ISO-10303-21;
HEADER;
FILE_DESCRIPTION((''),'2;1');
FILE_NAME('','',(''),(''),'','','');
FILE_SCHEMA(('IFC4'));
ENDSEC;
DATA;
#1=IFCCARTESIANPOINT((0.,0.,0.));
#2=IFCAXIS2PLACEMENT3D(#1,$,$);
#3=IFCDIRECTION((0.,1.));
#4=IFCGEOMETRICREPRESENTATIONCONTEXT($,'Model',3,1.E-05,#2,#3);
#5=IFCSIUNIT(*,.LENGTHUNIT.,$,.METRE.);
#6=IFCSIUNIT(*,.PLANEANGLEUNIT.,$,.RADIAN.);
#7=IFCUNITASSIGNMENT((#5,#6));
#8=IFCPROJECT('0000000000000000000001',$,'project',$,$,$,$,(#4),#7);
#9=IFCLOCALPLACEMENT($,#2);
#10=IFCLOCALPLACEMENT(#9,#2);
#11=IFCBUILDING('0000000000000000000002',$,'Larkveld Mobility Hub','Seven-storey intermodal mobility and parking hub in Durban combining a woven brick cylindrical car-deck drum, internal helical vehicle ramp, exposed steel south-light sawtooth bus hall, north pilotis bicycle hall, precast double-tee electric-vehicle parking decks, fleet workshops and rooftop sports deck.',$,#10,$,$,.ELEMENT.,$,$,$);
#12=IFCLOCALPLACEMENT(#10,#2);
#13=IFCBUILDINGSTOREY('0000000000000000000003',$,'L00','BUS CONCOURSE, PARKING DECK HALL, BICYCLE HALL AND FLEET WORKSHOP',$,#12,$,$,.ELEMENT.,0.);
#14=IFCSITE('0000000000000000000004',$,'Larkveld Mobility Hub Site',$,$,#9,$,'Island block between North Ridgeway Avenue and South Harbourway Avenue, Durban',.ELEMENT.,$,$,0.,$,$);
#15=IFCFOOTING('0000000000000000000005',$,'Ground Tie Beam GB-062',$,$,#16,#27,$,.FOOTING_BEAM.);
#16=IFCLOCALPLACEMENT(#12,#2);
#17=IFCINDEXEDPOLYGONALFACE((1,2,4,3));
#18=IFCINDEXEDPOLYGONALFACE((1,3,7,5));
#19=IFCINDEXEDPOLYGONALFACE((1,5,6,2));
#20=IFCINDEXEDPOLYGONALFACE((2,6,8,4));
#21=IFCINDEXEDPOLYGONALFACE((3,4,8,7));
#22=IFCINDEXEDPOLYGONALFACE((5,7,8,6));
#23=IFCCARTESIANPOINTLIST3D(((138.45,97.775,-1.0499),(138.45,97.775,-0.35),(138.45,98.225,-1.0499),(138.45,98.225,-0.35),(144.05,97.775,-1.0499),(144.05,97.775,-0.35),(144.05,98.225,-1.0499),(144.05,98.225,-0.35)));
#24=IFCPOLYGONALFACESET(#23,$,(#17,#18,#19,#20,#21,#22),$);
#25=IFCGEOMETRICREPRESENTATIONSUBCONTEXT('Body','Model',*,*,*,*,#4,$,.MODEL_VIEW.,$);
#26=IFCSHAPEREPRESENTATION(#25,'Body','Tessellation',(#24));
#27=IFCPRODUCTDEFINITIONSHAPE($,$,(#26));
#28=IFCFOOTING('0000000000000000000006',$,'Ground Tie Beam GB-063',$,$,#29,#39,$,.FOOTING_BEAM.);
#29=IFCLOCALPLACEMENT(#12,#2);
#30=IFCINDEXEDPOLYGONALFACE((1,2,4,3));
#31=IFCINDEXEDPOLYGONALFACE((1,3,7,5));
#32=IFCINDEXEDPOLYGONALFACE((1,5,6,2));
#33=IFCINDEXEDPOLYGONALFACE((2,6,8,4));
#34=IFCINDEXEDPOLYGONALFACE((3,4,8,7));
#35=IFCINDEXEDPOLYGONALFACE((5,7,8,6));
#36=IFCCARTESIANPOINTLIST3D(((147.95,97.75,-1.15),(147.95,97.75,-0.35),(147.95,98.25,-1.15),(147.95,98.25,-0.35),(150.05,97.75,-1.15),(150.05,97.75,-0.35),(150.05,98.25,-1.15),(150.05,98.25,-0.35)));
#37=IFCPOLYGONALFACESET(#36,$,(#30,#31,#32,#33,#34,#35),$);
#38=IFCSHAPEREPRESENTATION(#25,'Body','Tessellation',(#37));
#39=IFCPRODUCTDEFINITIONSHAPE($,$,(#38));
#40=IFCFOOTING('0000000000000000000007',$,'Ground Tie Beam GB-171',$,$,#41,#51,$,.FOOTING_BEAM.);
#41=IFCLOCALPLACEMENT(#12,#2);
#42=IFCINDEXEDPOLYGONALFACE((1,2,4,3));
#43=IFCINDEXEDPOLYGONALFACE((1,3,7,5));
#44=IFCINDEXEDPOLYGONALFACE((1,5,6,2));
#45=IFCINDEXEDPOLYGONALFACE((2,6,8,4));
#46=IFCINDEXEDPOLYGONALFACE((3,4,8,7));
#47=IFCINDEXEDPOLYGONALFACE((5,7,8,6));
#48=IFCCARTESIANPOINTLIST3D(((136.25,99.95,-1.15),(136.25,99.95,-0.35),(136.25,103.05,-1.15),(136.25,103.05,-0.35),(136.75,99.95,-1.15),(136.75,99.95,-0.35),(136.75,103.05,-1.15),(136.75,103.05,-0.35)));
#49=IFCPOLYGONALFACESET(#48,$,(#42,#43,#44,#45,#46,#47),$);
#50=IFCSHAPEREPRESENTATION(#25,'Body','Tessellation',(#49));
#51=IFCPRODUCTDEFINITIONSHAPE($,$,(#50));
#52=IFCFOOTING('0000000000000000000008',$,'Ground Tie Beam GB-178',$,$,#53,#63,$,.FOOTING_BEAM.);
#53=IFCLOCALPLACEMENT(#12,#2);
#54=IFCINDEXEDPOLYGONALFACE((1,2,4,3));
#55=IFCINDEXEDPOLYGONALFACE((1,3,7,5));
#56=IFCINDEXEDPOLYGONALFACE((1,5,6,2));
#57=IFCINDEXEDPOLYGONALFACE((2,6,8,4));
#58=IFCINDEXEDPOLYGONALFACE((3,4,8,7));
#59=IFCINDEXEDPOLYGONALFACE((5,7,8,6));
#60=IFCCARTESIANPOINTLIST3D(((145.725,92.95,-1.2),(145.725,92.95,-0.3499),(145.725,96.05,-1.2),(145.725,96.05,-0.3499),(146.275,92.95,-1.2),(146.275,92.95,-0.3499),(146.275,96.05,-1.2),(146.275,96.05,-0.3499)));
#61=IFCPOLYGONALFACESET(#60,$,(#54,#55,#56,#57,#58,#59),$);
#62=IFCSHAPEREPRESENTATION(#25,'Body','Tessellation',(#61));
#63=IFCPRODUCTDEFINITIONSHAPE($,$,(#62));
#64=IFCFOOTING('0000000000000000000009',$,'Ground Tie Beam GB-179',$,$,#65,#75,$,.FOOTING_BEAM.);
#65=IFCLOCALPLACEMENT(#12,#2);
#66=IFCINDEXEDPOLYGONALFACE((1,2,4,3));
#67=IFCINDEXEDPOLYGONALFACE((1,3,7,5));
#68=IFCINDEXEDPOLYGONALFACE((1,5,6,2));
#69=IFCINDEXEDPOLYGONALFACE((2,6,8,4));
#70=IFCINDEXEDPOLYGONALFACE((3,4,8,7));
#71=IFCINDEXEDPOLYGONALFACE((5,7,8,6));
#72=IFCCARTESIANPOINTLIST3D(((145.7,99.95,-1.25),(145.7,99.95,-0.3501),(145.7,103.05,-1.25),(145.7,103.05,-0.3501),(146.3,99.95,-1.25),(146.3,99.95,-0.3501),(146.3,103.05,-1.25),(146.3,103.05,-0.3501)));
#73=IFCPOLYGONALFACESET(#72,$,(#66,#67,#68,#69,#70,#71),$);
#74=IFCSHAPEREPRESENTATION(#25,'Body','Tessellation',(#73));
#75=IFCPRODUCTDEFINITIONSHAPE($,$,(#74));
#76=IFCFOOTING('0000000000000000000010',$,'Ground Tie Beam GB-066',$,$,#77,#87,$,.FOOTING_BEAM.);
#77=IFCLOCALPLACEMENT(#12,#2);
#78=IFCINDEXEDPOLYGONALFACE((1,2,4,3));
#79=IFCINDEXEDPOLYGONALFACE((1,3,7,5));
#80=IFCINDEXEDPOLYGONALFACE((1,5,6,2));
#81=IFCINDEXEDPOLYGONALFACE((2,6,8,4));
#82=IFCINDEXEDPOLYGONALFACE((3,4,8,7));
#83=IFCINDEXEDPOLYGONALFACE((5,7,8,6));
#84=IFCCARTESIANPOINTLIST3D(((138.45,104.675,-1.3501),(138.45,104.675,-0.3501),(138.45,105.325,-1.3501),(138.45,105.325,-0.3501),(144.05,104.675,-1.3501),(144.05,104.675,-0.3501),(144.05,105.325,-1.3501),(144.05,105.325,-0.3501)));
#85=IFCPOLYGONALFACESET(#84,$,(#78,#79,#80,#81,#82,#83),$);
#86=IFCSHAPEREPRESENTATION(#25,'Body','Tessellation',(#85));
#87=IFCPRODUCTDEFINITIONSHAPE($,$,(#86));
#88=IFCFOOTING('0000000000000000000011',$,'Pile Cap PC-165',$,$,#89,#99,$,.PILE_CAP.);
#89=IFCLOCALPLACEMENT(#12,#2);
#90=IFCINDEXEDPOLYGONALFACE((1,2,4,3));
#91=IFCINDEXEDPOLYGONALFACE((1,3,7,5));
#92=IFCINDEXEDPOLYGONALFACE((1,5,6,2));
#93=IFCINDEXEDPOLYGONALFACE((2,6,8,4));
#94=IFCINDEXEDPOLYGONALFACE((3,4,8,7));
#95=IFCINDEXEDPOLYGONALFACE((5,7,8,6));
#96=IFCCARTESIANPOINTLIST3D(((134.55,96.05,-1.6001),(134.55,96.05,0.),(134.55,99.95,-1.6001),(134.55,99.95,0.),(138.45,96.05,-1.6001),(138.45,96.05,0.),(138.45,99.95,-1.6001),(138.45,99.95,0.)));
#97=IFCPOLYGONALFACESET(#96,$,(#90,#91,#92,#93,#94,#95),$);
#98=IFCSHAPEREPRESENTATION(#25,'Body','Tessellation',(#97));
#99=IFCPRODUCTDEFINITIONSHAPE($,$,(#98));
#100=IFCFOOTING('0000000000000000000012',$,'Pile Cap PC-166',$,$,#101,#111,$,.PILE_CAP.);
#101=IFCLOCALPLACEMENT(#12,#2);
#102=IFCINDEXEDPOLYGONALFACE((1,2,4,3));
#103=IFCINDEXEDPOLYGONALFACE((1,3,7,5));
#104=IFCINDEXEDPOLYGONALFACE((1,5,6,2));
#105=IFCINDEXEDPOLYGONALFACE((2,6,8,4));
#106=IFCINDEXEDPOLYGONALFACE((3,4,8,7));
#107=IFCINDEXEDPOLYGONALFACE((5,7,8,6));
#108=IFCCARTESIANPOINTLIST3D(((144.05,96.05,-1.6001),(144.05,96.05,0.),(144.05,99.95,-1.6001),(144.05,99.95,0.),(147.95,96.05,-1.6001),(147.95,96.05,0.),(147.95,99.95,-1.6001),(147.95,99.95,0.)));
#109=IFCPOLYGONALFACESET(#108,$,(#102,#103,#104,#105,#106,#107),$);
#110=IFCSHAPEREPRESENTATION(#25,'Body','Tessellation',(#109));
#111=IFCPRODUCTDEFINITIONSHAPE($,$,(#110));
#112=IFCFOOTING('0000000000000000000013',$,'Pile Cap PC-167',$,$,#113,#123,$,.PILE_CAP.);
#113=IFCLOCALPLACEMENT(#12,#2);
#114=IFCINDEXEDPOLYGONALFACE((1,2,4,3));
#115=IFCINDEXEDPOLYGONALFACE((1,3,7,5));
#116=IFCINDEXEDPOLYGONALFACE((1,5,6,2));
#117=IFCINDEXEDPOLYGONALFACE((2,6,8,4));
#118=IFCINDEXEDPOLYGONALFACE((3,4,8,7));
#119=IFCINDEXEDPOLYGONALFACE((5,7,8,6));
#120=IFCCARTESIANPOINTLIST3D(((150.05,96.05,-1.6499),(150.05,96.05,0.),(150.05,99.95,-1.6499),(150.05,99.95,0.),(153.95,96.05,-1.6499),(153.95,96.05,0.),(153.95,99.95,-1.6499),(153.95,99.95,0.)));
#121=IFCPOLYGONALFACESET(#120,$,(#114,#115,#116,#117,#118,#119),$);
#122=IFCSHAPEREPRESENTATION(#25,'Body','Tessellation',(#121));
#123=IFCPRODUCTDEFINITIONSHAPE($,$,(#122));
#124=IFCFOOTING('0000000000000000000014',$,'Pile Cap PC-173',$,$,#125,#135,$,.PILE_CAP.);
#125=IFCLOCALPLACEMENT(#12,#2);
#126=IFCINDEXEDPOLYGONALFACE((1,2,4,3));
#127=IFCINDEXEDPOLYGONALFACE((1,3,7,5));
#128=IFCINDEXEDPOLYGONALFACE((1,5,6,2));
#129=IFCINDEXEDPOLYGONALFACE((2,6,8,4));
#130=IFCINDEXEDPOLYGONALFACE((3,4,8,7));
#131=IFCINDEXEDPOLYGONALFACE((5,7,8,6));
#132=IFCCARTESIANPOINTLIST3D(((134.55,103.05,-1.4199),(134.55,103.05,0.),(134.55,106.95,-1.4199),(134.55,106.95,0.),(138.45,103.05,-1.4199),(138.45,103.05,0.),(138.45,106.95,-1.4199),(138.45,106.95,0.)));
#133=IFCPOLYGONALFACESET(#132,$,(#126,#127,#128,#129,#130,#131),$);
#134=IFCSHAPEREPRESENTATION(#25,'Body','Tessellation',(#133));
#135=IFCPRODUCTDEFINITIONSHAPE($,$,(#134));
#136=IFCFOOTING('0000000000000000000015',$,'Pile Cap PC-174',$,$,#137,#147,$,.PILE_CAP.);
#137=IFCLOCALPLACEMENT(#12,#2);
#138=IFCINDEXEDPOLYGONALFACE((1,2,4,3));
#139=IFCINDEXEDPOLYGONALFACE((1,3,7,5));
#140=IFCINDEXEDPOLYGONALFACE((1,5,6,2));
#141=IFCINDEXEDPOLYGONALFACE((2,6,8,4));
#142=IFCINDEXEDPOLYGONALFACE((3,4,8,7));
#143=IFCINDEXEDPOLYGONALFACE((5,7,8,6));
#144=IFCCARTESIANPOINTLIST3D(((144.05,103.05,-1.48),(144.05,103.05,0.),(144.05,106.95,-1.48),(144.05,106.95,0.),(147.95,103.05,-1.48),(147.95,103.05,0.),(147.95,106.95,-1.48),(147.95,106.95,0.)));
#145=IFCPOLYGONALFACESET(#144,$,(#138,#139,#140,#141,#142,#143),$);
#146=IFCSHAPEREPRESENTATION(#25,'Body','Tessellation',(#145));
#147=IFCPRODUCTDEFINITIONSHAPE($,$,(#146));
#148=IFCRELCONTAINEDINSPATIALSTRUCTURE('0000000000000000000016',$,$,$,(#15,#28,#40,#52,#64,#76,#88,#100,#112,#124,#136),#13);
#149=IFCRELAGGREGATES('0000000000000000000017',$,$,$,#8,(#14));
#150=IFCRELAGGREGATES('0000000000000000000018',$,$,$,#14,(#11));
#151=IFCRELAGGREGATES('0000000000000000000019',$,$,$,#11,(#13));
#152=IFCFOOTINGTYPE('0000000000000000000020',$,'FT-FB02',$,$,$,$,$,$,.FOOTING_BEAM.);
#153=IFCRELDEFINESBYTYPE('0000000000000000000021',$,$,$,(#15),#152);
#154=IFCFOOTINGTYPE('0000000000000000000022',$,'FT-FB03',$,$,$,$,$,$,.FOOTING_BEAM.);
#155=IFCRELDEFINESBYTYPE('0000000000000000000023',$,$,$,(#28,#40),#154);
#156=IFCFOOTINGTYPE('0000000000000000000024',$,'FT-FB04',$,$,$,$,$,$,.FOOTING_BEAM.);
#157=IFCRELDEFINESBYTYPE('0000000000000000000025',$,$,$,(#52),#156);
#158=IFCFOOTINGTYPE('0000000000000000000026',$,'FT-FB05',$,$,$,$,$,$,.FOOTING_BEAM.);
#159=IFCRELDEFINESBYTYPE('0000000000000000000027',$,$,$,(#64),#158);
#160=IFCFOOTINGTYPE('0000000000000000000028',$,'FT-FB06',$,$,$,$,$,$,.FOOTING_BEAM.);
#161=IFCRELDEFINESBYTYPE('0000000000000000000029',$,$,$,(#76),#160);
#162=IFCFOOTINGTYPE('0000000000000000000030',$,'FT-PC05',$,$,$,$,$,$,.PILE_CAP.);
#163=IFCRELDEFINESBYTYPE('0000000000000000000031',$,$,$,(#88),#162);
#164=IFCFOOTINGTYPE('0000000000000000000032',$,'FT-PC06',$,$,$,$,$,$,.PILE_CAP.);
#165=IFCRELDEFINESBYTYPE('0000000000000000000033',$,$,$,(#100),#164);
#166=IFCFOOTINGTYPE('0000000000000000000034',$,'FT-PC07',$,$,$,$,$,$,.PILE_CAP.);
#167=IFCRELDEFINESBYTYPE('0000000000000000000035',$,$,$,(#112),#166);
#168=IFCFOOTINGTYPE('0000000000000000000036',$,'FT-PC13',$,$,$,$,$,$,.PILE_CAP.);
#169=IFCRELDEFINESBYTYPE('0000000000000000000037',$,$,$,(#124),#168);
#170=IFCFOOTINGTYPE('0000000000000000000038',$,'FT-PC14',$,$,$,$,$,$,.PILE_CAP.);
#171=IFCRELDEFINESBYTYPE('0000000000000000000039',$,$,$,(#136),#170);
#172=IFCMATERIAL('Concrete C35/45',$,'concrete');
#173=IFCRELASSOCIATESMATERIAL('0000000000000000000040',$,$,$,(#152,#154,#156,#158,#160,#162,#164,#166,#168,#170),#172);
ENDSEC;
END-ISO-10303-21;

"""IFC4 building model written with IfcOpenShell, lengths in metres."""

from ifc_helpers import new_model, si_unit, direction, frame, origin, origin_2d, place, context, subcontext, project, spatial, rectangle, extrude, material, material_profile, profile_set, type_object, element, save


model = new_model("IFC4")

# Units and contexts
model_context = context("Model", 3, precision=1e-05, world=origin(), true_north=direction((0.0, 1.0)))
body_context = subcontext(model_context, "Body", "Model", "MODEL_VIEW")
ifc_project = project(units=[si_unit("LENGTHUNIT", "METRE"), si_unit("PLANEANGLEUNIT", "RADIAN")], contexts=[model_context])

# Site, building, storey
site_placement = place(None, origin())
site = spatial("IfcSite", under=ifc_project, at=site_placement, Name="Larkveld Mobility Hub Site", LongName="Island block between North Ridgeway Avenue and South Harbourway Avenue, Durban", CompositionType="ELEMENT", RefElevation=0.0)
building_placement = place(site_placement, origin())
building = spatial("IfcBuilding", under=site, at=building_placement, Name="Larkveld Mobility Hub", Description="Seven-storey intermodal mobility and parking hub in Durban combining a woven brick cylindrical car-deck drum, internal helical vehicle ramp, exposed steel south-light sawtooth bus hall, north pilotis bicycle hall, precast double-tee electric-vehicle parking decks, fleet workshops and rooftop sports deck.", CompositionType="ELEMENT")
storey_placement = place(building_placement, origin())
storey = spatial("IfcBuildingStorey", under=building, at=storey_placement, Name="L00", Description="BUS CONCOURSE, PARKING DECK HALL, BICYCLE HALL AND FLEET WORKSHOP", CompositionType="ELEMENT", Elevation=0.0)

# Footings
ifc_material_1 = material(Name="Concrete C35/45", Category="concrete")
ifc_material_profile_1 = material_profile(ifc_material_1, rectangle(XDim=0.45, YDim=0.7, at=origin_2d()), Name="RC BM 450x700")
ifc_profile_set_1 = profile_set([ifc_material_profile_1], Name="Concrete C35/45")
footing_type_1 = type_object("IfcFootingType", Name="FT-FB02", PredefinedType="FOOTING_BEAM", material=ifc_profile_set_1)
footing_1_placement = place(storey_placement, frame((138.45, 98.0, -0.7), z_axis=(1.0, 0.0, 0.0), x_axis=(0.0, 1.0, 0.0)))
element("IfcFooting", 1, at=footing_1_placement, inside=storey, type_object=footing_type_1, Name="Ground Tie Beam GB-062", PredefinedType="FOOTING_BEAM", context=body_context, shape_type="SweptSolid", body=[
    extrude(rectangle(XDim=0.45, YDim=0.7, at=origin_2d()), origin(), (0.0, 0.0, 1.0), 5.6001),
])
ifc_material_profile_2 = material_profile(ifc_material_1, rectangle(XDim=0.5, YDim=0.8, at=origin_2d()), Name="RC BM 500x800")
ifc_profile_set_2 = profile_set([ifc_material_profile_2], Name="Concrete C35/45")
footing_type_2 = type_object("IfcFootingType", Name="FT-FB03", PredefinedType="FOOTING_BEAM", material=ifc_profile_set_2)
footing_2_placement = place(storey_placement, frame((147.95, 98.0, -0.75), z_axis=(1.0, 0.0, 0.0), x_axis=(0.0, 1.0, 0.0)))
element("IfcFooting", 2, at=footing_2_placement, inside=storey, type_object=footing_type_2, Name="Ground Tie Beam GB-063", PredefinedType="FOOTING_BEAM", context=body_context, shape_type="SweptSolid", body=[
    extrude(rectangle(XDim=0.5, YDim=0.8, at=origin_2d()), origin(), (0.0, 0.0, 1.0), 2.1001),
])
footing_3_placement = place(storey_placement, frame((136.5, 99.95, -0.75), z_axis=(0.0, 1.0, 0.0), x_axis=(-1.0, 0.0, 0.0)))
element("IfcFooting", 3, at=footing_3_placement, inside=storey, type_object=footing_type_2, Name="Ground Tie Beam GB-171", PredefinedType="FOOTING_BEAM", context=body_context, shape_type="SweptSolid", body=[
    extrude(rectangle(XDim=0.5, YDim=0.8, at=origin_2d()), origin(), (0.0, 0.0, 1.0), 3.1001),
])
ifc_material_profile_3 = material_profile(ifc_material_1, rectangle(XDim=0.55, YDim=0.8501, at=origin_2d()), Name="RC BM 550x850")
ifc_profile_set_3 = profile_set([ifc_material_profile_3], Name="Concrete C35/45")
footing_type_3 = type_object("IfcFootingType", Name="FT-FB04", PredefinedType="FOOTING_BEAM", material=ifc_profile_set_3)
footing_4_placement = place(storey_placement, frame((146.0, 92.95, -0.7749), z_axis=(0.0, 1.0, 0.0), x_axis=(-1.0, 0.0, 0.0)))
element("IfcFooting", 4, at=footing_4_placement, inside=storey, type_object=footing_type_3, Name="Ground Tie Beam GB-178", PredefinedType="FOOTING_BEAM", context=body_context, shape_type="SweptSolid", body=[
    extrude(rectangle(XDim=0.55, YDim=0.8501, at=origin_2d()), origin(), (0.0, 0.0, 1.0), 3.1001),
])
ifc_material_profile_4 = material_profile(ifc_material_1, rectangle(XDim=0.6001, YDim=0.8999, at=origin_2d()), Name="RC BM 600x900")
ifc_profile_set_4 = profile_set([ifc_material_profile_4], Name="Concrete C35/45")
footing_type_4 = type_object("IfcFootingType", Name="FT-FB05", PredefinedType="FOOTING_BEAM", material=ifc_profile_set_4)
footing_5_placement = place(storey_placement, frame((146.0, 99.95, -0.8), z_axis=(0.0, 1.0, 0.0), x_axis=(-1.0, 0.0, 0.0)))
element("IfcFooting", 5, at=footing_5_placement, inside=storey, type_object=footing_type_4, Name="Ground Tie Beam GB-179", PredefinedType="FOOTING_BEAM", context=body_context, shape_type="SweptSolid", body=[
    extrude(rectangle(XDim=0.6001, YDim=0.8999, at=origin_2d()), origin(), (0.0, 0.0, 1.0), 3.1001),
])
ifc_material_profile_5 = material_profile(ifc_material_1, rectangle(XDim=0.6499, YDim=1.0, at=origin_2d()), Name="RC BM 650x1000")
ifc_profile_set_5 = profile_set([ifc_material_profile_5], Name="Concrete C35/45")
footing_type_5 = type_object("IfcFootingType", Name="FT-FB06", PredefinedType="FOOTING_BEAM", material=ifc_profile_set_5)
footing_6_placement = place(storey_placement, frame((138.45, 105.0, -0.8501), z_axis=(1.0, 0.0, 0.0), x_axis=(0.0, 1.0, 0.0)))
element("IfcFooting", 6, at=footing_6_placement, inside=storey, type_object=footing_type_5, Name="Ground Tie Beam GB-066", PredefinedType="FOOTING_BEAM", context=body_context, shape_type="SweptSolid", body=[
    extrude(rectangle(XDim=0.6499, YDim=1.0, at=origin_2d()), origin(), (0.0, 0.0, 1.0), 5.6001),
])
footing_type_6 = type_object("IfcFootingType", Name="FT-PC05", PredefinedType="PILE_CAP", material=ifc_material_1)
footing_7_placement = place(storey_placement, frame((136.5, 98.0, -1.6001), z_axis=(0.0, 0.0, 1.0), x_axis=(1.0, 0.0, 0.0)))
element("IfcFooting", 7, at=footing_7_placement, inside=storey, type_object=footing_type_6, Name="Pile Cap PC-165", PredefinedType="PILE_CAP", context=body_context, shape_type="SweptSolid", body=[
    extrude(rectangle(XDim=3.8999, YDim=3.8999, at=origin_2d()), origin(), (0.0, 0.0, 1.0), 1.6001),
])
footing_type_7 = type_object("IfcFootingType", Name="FT-PC06", PredefinedType="PILE_CAP", material=ifc_material_1)
footing_8_placement = place(storey_placement, frame((146.0, 98.0, -1.6001), z_axis=(0.0, 0.0, 1.0), x_axis=(1.0, 0.0, 0.0)))
element("IfcFooting", 8, at=footing_8_placement, inside=storey, type_object=footing_type_7, Name="Pile Cap PC-166", PredefinedType="PILE_CAP", context=body_context, shape_type="SweptSolid", body=[
    extrude(rectangle(XDim=3.8999, YDim=3.8999, at=origin_2d()), origin(), (0.0, 0.0, 1.0), 1.6001),
])
footing_type_8 = type_object("IfcFootingType", Name="FT-PC07", PredefinedType="PILE_CAP", material=ifc_material_1)
footing_9_placement = place(storey_placement, frame((152.0, 98.0, -1.6499), z_axis=(0.0, 0.0, 1.0), x_axis=(1.0, 0.0, 0.0)))
element("IfcFooting", 9, at=footing_9_placement, inside=storey, type_object=footing_type_8, Name="Pile Cap PC-167", PredefinedType="PILE_CAP", context=body_context, shape_type="SweptSolid", body=[
    extrude(rectangle(XDim=3.8999, YDim=3.8999, at=origin_2d()), origin(), (0.0, 0.0, 1.0), 1.6499),
])
footing_type_9 = type_object("IfcFootingType", Name="FT-PC13", PredefinedType="PILE_CAP", material=ifc_material_1)
footing_10_placement = place(storey_placement, frame((136.5, 105.0, -1.4199), z_axis=(0.0, 0.0, 1.0), x_axis=(1.0, 0.0, 0.0)))
element("IfcFooting", 10, at=footing_10_placement, inside=storey, type_object=footing_type_9, Name="Pile Cap PC-173", PredefinedType="PILE_CAP", context=body_context, shape_type="SweptSolid", body=[
    extrude(rectangle(XDim=3.8999, YDim=3.8999, at=origin_2d()), origin(), (0.0, 0.0, 1.0), 1.4199),
])
footing_type_10 = type_object("IfcFootingType", Name="FT-PC14", PredefinedType="PILE_CAP", material=ifc_material_1)
footing_11_placement = place(storey_placement, frame((146.0, 105.0, -1.48), z_axis=(0.0, 0.0, 1.0), x_axis=(1.0, 0.0, 0.0)))
element("IfcFooting", 11, at=footing_11_placement, inside=storey, type_object=footing_type_10, Name="Pile Cap PC-174", PredefinedType="PILE_CAP", context=body_context, shape_type="SweptSolid", body=[
    extrude(rectangle(XDim=3.8999, YDim=3.8999, at=origin_2d()), origin(), (0.0, 0.0, 1.0), 1.48),
])

save(model, "model.ifc")
